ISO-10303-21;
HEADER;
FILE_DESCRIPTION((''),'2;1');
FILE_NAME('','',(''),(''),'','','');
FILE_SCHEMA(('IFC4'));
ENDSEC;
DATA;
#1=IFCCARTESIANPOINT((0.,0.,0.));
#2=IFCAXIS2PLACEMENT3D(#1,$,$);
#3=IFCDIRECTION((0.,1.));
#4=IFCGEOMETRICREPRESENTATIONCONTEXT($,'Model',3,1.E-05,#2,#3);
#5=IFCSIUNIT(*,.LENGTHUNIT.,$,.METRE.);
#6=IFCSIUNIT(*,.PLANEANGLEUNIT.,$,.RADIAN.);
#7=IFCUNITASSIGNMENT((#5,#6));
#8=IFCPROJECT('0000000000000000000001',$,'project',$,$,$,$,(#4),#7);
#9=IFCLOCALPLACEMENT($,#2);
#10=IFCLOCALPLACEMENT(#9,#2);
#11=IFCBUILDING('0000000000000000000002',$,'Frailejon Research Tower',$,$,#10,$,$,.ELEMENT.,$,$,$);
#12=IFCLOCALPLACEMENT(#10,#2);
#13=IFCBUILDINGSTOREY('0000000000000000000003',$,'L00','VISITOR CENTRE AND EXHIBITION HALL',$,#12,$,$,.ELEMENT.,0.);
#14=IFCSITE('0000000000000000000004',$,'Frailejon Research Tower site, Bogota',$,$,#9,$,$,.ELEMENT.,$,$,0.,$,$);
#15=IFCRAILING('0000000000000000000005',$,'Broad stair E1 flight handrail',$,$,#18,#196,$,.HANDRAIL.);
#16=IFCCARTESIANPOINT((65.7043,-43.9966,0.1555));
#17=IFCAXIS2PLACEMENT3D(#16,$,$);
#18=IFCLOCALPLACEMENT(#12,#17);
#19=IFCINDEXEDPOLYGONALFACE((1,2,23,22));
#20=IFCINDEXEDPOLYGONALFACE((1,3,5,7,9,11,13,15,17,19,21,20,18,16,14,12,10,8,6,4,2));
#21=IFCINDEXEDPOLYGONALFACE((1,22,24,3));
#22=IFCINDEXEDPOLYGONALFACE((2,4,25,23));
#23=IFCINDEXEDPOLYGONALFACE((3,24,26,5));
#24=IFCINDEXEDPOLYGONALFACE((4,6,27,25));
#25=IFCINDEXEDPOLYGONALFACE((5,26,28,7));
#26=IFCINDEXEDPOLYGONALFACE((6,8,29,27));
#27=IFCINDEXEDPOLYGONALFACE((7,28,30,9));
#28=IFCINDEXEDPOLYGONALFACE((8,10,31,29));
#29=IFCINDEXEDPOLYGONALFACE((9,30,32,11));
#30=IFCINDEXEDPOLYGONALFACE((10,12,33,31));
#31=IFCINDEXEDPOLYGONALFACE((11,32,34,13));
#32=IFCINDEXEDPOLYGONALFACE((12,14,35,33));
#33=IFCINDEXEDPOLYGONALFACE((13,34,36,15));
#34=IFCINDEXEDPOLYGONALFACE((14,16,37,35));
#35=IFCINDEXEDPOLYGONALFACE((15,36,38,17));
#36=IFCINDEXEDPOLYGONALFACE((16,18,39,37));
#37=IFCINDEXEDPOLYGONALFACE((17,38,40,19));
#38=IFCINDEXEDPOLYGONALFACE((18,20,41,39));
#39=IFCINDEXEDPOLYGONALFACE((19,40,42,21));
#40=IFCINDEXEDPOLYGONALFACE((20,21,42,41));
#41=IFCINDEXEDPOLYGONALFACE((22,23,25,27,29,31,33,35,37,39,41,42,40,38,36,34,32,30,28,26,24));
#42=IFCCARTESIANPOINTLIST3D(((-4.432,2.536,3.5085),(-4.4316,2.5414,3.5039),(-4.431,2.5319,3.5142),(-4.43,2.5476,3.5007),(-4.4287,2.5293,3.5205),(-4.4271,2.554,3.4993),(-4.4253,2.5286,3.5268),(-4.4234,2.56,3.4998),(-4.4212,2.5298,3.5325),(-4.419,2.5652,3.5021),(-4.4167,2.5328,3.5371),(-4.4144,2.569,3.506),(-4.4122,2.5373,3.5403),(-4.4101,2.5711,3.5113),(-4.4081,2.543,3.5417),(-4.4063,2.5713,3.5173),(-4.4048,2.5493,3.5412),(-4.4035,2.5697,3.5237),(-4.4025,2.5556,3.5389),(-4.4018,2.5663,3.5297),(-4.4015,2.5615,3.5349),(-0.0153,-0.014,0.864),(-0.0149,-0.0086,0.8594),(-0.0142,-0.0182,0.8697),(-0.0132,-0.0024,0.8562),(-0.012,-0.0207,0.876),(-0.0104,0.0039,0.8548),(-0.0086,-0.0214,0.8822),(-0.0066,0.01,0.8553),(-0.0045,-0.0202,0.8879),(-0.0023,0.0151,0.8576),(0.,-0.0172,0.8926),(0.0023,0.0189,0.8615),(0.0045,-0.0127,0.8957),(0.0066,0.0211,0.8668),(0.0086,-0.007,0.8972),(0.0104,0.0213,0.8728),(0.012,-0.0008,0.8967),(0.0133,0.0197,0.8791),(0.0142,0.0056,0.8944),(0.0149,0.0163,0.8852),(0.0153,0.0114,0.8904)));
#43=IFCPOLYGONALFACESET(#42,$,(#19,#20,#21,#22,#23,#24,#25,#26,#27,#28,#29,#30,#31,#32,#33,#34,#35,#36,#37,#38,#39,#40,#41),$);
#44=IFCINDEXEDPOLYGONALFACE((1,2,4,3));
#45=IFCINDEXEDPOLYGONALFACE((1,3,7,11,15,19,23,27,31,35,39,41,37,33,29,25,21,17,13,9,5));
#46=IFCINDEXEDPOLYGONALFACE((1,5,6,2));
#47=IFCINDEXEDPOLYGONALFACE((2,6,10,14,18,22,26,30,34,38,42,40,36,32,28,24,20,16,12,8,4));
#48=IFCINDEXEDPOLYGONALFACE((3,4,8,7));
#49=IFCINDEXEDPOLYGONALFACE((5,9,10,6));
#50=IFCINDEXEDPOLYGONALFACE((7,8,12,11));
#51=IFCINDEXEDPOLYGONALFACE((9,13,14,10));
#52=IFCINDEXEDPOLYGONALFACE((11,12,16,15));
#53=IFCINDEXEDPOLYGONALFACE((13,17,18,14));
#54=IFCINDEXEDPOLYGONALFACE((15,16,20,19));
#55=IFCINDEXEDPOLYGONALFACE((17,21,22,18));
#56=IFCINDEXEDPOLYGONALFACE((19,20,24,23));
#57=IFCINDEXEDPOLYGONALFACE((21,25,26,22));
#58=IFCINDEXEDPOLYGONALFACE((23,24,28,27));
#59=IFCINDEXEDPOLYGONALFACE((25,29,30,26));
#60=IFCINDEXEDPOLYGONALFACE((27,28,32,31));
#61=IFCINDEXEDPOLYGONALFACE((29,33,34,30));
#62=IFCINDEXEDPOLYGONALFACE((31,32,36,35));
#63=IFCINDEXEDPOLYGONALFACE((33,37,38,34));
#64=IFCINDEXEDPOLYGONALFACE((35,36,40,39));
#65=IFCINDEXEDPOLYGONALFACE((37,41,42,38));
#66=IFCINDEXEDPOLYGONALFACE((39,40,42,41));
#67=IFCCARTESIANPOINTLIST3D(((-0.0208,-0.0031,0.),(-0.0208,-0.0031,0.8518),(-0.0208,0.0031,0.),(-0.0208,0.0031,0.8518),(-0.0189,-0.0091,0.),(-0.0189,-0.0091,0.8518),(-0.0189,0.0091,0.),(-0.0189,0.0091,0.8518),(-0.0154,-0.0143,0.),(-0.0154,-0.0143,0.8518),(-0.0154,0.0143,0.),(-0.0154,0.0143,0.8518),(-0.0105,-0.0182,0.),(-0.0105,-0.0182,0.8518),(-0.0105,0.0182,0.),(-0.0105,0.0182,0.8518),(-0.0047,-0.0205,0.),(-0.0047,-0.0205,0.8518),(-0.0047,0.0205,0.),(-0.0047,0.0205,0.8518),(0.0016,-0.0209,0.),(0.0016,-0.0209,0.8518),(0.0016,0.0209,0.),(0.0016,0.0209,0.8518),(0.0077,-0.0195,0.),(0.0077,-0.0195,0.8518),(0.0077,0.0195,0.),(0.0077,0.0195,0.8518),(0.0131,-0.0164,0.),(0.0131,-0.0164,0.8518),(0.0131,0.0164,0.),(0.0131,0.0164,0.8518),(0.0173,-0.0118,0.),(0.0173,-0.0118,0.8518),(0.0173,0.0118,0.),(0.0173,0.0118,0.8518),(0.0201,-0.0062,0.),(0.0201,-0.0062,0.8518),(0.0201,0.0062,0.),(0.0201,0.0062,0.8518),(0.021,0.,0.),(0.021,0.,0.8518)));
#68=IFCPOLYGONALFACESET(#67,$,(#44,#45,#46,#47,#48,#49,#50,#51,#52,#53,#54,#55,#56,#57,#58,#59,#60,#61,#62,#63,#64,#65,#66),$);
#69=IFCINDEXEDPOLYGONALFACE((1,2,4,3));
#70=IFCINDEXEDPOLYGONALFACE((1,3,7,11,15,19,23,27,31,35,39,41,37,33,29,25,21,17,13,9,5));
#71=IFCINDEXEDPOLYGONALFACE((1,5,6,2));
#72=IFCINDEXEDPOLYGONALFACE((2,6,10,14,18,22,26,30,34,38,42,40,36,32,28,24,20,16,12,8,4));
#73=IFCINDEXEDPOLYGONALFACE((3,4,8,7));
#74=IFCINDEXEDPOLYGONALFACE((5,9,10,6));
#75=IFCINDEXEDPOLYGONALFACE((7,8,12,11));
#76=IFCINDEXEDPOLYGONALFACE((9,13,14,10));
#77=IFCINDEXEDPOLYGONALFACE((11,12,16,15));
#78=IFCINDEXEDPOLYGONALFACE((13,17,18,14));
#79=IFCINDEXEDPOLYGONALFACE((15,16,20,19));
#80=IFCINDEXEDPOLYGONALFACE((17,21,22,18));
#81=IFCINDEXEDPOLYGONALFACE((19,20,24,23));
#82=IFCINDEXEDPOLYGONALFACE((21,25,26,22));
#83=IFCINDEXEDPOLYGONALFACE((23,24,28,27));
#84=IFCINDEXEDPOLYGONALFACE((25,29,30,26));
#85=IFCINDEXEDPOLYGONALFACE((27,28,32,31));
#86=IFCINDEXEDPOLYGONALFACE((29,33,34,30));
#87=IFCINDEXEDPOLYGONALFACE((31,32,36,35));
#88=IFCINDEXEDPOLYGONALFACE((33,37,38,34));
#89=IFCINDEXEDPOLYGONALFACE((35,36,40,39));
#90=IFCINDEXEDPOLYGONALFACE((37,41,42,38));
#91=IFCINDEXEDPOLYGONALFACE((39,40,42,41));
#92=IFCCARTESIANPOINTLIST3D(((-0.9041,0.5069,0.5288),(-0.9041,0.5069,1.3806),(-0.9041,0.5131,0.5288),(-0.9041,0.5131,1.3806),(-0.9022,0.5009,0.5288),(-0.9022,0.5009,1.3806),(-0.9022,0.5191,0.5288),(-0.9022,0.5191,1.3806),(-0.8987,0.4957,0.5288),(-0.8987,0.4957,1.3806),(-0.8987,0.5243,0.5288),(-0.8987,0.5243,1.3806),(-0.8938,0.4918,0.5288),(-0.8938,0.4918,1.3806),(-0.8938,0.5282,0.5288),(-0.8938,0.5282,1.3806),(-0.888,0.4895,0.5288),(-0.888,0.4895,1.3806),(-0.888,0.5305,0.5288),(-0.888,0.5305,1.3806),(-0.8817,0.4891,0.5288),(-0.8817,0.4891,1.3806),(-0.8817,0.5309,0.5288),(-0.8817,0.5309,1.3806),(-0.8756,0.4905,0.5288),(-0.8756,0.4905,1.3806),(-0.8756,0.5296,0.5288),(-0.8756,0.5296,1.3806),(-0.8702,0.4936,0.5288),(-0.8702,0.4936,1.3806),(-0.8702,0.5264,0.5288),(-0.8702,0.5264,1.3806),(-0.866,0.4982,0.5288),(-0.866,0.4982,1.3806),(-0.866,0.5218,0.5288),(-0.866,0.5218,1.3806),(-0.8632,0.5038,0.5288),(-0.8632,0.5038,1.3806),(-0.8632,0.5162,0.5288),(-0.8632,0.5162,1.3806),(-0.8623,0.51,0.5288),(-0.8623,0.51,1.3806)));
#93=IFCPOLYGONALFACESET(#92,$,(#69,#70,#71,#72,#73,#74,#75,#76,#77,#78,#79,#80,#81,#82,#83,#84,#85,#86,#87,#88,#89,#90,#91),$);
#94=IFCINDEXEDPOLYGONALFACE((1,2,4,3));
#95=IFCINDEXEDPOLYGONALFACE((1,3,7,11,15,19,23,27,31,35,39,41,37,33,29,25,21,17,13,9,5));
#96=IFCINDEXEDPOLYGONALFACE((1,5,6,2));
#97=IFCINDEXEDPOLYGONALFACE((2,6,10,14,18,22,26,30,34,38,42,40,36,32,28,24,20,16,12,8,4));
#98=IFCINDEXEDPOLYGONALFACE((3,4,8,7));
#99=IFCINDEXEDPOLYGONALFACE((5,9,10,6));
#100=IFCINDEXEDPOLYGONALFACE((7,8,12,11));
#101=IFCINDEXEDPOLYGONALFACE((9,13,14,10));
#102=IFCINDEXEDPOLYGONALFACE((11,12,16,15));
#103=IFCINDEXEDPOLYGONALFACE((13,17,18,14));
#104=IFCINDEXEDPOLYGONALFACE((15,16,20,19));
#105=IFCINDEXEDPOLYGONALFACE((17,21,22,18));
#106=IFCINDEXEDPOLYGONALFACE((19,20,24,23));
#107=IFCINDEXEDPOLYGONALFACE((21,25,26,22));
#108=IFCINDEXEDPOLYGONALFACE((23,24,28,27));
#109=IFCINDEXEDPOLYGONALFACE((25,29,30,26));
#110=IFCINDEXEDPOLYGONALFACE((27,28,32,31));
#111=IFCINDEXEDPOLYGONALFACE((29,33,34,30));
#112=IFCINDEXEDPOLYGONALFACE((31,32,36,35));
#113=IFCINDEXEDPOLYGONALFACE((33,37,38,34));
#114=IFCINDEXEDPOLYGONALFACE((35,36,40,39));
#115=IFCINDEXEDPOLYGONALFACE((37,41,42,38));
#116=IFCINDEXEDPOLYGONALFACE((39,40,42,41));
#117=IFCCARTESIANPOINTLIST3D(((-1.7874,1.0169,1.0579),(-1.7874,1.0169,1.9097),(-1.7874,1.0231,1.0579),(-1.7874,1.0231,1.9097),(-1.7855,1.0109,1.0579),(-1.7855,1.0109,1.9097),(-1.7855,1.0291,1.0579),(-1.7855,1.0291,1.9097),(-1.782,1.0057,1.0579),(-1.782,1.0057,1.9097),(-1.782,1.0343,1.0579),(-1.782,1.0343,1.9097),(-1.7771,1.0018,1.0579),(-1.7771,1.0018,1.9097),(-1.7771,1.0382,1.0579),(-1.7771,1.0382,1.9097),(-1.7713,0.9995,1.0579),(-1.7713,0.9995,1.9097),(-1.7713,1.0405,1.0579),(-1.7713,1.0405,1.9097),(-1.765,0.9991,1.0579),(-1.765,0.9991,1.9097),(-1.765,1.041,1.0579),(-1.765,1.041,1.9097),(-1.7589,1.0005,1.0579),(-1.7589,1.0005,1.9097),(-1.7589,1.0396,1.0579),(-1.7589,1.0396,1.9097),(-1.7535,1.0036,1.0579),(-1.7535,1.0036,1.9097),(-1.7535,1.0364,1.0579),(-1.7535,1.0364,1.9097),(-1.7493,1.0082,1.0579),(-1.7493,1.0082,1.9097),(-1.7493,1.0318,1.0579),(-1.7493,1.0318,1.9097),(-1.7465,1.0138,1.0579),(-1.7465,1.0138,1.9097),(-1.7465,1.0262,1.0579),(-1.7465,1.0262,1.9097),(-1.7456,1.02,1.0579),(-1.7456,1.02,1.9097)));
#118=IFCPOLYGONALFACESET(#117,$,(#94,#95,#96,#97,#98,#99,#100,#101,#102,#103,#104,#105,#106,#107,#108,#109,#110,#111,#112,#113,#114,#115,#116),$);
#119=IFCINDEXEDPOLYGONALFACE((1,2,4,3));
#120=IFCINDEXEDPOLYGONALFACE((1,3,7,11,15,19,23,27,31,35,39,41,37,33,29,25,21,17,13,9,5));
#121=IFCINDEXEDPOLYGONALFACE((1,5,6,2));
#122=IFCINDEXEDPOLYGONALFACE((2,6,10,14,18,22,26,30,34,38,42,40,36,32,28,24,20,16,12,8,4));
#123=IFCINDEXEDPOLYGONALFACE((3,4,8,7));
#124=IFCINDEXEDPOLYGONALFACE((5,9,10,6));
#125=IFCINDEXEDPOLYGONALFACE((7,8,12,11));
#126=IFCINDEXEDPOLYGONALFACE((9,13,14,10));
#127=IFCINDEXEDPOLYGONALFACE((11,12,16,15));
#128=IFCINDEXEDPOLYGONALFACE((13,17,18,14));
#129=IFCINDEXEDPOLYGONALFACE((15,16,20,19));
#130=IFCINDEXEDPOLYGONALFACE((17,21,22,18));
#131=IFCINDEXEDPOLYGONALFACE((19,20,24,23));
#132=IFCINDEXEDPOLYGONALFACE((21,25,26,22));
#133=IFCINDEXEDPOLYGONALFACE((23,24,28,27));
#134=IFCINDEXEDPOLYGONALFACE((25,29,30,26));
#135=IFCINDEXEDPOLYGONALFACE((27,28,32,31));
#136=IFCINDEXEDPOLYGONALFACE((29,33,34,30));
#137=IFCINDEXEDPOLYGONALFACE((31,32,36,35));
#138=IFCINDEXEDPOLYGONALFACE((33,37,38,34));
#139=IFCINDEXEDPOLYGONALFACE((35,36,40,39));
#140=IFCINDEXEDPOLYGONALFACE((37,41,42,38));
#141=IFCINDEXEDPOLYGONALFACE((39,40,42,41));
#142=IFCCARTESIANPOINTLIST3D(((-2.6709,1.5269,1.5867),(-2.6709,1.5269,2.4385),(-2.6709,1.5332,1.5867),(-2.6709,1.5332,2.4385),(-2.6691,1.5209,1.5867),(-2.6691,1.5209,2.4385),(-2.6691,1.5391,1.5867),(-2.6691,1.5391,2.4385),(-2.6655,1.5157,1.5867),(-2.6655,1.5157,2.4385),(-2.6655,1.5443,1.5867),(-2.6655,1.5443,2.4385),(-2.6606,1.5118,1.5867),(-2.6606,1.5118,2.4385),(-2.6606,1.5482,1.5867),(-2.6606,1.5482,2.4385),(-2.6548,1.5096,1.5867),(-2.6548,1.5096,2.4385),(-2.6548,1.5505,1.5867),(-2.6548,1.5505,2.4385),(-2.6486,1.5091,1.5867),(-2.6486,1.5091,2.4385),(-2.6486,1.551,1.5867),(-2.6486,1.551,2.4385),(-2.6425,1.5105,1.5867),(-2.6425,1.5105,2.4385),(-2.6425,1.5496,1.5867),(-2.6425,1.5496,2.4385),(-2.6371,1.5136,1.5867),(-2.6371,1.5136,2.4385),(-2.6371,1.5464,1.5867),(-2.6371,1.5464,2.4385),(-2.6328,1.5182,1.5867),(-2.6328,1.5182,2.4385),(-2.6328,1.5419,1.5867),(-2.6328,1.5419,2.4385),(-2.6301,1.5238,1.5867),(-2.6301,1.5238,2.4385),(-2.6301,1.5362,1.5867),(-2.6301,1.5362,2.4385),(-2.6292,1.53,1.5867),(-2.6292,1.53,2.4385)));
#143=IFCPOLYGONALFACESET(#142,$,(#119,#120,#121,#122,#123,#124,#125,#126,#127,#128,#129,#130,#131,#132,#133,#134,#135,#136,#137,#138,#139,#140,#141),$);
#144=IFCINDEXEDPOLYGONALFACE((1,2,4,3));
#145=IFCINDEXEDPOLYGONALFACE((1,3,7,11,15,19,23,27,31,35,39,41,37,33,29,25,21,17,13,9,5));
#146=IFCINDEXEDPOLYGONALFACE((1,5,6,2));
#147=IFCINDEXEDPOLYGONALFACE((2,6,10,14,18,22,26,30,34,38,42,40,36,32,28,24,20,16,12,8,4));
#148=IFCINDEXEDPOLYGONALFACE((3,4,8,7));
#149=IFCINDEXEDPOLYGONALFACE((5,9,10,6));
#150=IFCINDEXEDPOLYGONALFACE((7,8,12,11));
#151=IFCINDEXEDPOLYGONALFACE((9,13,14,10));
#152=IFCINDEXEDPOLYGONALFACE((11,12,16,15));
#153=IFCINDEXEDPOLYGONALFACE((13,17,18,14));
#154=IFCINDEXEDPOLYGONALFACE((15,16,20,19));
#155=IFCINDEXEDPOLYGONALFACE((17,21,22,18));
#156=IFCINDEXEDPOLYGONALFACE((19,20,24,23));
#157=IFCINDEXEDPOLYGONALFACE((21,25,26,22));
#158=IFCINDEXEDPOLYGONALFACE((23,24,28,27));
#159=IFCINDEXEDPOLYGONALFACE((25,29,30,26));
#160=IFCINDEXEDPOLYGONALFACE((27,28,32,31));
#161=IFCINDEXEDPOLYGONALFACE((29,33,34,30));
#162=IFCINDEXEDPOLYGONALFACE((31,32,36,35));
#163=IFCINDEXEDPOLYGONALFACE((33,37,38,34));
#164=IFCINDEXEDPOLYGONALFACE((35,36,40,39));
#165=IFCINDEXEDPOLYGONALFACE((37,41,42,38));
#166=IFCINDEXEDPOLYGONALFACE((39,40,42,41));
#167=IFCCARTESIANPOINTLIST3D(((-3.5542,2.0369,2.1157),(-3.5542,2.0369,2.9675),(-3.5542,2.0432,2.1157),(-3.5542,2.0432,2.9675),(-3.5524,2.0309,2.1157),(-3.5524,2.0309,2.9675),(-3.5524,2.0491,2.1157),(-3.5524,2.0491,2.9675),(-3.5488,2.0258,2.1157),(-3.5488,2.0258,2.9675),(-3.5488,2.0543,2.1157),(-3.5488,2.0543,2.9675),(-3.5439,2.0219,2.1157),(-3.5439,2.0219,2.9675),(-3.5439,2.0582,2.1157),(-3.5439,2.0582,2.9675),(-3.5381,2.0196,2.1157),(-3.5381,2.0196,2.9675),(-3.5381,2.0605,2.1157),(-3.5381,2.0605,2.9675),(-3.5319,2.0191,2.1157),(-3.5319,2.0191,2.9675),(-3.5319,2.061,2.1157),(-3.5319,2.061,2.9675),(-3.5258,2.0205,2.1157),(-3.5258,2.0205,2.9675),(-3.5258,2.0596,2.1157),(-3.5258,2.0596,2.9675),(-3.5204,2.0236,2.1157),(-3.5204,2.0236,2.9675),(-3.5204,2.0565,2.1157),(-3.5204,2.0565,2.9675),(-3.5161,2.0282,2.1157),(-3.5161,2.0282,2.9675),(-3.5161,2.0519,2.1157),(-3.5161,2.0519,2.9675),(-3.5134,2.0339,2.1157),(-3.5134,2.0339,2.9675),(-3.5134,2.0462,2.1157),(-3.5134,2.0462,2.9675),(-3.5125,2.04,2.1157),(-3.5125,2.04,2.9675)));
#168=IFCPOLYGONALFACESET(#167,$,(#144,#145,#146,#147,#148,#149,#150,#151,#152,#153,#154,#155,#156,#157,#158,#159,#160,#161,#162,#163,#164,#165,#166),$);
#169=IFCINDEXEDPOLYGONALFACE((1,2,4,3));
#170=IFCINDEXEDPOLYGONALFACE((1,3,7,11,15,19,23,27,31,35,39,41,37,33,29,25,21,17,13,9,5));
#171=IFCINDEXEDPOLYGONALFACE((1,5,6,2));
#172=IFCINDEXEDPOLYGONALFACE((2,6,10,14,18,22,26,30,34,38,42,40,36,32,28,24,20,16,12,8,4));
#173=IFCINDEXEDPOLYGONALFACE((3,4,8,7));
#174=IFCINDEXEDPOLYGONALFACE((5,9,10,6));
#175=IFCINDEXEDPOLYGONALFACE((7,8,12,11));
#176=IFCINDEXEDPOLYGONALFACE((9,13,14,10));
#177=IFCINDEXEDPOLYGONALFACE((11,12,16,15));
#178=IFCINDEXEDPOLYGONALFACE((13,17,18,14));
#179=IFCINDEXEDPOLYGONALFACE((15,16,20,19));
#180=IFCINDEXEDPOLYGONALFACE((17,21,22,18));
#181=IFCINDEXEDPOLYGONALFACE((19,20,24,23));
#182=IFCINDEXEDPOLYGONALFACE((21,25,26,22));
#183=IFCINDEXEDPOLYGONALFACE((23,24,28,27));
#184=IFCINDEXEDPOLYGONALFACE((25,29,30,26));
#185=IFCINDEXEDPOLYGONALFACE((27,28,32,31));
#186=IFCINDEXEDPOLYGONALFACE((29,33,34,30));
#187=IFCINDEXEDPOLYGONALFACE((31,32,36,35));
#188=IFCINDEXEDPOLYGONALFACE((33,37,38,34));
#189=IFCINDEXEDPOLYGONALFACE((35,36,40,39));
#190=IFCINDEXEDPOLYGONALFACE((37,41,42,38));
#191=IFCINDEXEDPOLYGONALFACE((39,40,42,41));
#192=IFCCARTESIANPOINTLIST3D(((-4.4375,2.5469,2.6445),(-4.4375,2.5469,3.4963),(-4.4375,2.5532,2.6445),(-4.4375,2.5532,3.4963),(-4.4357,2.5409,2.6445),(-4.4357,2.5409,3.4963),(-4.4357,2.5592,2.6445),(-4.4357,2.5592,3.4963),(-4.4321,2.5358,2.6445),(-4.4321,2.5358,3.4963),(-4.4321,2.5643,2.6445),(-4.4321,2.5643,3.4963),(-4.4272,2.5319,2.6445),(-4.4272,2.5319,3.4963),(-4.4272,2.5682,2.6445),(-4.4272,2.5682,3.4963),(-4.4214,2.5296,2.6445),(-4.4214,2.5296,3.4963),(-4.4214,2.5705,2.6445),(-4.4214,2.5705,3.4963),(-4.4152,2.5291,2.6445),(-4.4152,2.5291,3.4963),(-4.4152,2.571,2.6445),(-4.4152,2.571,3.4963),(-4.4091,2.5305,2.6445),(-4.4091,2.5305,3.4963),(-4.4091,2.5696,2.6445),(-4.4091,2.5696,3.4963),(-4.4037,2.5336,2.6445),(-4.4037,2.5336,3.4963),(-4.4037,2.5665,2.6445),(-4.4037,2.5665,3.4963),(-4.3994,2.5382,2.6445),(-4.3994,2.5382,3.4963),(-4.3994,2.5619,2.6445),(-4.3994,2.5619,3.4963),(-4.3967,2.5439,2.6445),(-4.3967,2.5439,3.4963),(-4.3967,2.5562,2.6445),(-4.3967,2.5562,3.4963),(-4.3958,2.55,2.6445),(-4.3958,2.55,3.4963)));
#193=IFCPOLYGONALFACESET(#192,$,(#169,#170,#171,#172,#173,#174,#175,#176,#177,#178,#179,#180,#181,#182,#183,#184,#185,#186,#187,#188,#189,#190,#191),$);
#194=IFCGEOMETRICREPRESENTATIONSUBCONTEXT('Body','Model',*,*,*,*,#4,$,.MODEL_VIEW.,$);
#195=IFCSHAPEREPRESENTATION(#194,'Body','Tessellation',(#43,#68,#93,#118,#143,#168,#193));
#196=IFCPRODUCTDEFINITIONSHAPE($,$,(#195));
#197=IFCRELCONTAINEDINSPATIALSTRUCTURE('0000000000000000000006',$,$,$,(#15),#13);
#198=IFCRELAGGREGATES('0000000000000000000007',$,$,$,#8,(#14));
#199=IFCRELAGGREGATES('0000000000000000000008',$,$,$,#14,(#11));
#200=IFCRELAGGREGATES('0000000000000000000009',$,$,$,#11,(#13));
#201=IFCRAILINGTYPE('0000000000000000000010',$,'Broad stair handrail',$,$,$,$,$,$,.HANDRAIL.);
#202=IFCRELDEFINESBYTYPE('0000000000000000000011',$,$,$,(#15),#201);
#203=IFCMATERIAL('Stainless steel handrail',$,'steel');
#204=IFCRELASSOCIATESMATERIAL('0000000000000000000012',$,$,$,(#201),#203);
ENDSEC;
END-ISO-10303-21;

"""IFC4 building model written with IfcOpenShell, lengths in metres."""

from ifc_helpers import new_model, si_unit, direction, frame, origin, origin_2d, place, context, subcontext, project, spatial, circle, extrude, material, type_object, element, save


model = new_model("IFC4")

# Units and contexts
model_context = context("Model", 3, precision=1e-05, world=origin(), true_north=direction((0.0, 1.0)))
body_context = subcontext(model_context, "Body", "Model", "MODEL_VIEW")
ifc_project = project(units=[si_unit("LENGTHUNIT", "METRE"), si_unit("PLANEANGLEUNIT", "RADIAN")], contexts=[model_context])

# Site, building, storey
site_placement = place(None, origin())
site = spatial("IfcSite", under=ifc_project, at=site_placement, Name="Frailejon Research Tower site, Bogota", CompositionType="ELEMENT", RefElevation=0.0)
building_placement = place(site_placement, origin())
building = spatial("IfcBuilding", under=site, at=building_placement, Name="Frailejon Research Tower", CompositionType="ELEMENT")
storey_placement = place(building_placement, origin())
storey = spatial("IfcBuildingStorey", under=building, at=storey_placement, Name="L00", Description="VISITOR CENTRE AND EXHIBITION HALL", CompositionType="ELEMENT", Elevation=0.0)

# Railing
ifc_material_1 = material(Name="Stainless steel handrail", Category="steel")
railing_type_1 = type_object("IfcRailingType", Name="Broad stair handrail", PredefinedType="HANDRAIL", material=ifc_material_1)
for number, where, name in (
    (1, (65.7043, -43.9966, 0.1555), "Broad stair E1 flight handrail"),
):
    element("IfcRailing", number, at=place(storey_placement, frame(where)), inside=storey, type_object=railing_type_1, Name=name, PredefinedType="HANDRAIL", context=body_context, shape_type="SweptSolid", body=[
        extrude(circle(Radius=0.0239, at=origin_2d()), frame((0.0, 0.0, 0.876), z_axis=(-0.768811, 0.44388, 0.460326), x_axis=(-0.500006, -0.866022, 0.0)), (0.0, 0.0, 1.0), 5.7449),
        extrude(circle(Radius=0.021, at=origin_2d()), origin(), (0.0, 0.0, 1.0), 0.8518),
        extrude(circle(Radius=0.021, at=origin_2d()), frame((-0.8833, 0.51, 0.5288)), (0.0, 0.0, 1.0), 0.8518),
        extrude(circle(Radius=0.021, at=origin_2d()), frame((-1.7666, 1.02, 1.0579)), (0.0, 0.0, 1.0), 0.8518),
        extrude(circle(Radius=0.021, at=origin_2d()), frame((-2.6501, 1.53, 1.5867)), (0.0, 0.0, 1.0), 0.8518),
        extrude(circle(Radius=0.021, at=origin_2d()), frame((-3.5334, 2.04, 2.1157)), (0.0, 0.0, 1.0), 0.8518),
        extrude(circle(Radius=0.021, at=origin_2d()), frame((-4.4167, 2.55, 2.6445)), (0.0, 0.0, 1.0), 0.8518),
    ])

save(model, "model.ifc")
